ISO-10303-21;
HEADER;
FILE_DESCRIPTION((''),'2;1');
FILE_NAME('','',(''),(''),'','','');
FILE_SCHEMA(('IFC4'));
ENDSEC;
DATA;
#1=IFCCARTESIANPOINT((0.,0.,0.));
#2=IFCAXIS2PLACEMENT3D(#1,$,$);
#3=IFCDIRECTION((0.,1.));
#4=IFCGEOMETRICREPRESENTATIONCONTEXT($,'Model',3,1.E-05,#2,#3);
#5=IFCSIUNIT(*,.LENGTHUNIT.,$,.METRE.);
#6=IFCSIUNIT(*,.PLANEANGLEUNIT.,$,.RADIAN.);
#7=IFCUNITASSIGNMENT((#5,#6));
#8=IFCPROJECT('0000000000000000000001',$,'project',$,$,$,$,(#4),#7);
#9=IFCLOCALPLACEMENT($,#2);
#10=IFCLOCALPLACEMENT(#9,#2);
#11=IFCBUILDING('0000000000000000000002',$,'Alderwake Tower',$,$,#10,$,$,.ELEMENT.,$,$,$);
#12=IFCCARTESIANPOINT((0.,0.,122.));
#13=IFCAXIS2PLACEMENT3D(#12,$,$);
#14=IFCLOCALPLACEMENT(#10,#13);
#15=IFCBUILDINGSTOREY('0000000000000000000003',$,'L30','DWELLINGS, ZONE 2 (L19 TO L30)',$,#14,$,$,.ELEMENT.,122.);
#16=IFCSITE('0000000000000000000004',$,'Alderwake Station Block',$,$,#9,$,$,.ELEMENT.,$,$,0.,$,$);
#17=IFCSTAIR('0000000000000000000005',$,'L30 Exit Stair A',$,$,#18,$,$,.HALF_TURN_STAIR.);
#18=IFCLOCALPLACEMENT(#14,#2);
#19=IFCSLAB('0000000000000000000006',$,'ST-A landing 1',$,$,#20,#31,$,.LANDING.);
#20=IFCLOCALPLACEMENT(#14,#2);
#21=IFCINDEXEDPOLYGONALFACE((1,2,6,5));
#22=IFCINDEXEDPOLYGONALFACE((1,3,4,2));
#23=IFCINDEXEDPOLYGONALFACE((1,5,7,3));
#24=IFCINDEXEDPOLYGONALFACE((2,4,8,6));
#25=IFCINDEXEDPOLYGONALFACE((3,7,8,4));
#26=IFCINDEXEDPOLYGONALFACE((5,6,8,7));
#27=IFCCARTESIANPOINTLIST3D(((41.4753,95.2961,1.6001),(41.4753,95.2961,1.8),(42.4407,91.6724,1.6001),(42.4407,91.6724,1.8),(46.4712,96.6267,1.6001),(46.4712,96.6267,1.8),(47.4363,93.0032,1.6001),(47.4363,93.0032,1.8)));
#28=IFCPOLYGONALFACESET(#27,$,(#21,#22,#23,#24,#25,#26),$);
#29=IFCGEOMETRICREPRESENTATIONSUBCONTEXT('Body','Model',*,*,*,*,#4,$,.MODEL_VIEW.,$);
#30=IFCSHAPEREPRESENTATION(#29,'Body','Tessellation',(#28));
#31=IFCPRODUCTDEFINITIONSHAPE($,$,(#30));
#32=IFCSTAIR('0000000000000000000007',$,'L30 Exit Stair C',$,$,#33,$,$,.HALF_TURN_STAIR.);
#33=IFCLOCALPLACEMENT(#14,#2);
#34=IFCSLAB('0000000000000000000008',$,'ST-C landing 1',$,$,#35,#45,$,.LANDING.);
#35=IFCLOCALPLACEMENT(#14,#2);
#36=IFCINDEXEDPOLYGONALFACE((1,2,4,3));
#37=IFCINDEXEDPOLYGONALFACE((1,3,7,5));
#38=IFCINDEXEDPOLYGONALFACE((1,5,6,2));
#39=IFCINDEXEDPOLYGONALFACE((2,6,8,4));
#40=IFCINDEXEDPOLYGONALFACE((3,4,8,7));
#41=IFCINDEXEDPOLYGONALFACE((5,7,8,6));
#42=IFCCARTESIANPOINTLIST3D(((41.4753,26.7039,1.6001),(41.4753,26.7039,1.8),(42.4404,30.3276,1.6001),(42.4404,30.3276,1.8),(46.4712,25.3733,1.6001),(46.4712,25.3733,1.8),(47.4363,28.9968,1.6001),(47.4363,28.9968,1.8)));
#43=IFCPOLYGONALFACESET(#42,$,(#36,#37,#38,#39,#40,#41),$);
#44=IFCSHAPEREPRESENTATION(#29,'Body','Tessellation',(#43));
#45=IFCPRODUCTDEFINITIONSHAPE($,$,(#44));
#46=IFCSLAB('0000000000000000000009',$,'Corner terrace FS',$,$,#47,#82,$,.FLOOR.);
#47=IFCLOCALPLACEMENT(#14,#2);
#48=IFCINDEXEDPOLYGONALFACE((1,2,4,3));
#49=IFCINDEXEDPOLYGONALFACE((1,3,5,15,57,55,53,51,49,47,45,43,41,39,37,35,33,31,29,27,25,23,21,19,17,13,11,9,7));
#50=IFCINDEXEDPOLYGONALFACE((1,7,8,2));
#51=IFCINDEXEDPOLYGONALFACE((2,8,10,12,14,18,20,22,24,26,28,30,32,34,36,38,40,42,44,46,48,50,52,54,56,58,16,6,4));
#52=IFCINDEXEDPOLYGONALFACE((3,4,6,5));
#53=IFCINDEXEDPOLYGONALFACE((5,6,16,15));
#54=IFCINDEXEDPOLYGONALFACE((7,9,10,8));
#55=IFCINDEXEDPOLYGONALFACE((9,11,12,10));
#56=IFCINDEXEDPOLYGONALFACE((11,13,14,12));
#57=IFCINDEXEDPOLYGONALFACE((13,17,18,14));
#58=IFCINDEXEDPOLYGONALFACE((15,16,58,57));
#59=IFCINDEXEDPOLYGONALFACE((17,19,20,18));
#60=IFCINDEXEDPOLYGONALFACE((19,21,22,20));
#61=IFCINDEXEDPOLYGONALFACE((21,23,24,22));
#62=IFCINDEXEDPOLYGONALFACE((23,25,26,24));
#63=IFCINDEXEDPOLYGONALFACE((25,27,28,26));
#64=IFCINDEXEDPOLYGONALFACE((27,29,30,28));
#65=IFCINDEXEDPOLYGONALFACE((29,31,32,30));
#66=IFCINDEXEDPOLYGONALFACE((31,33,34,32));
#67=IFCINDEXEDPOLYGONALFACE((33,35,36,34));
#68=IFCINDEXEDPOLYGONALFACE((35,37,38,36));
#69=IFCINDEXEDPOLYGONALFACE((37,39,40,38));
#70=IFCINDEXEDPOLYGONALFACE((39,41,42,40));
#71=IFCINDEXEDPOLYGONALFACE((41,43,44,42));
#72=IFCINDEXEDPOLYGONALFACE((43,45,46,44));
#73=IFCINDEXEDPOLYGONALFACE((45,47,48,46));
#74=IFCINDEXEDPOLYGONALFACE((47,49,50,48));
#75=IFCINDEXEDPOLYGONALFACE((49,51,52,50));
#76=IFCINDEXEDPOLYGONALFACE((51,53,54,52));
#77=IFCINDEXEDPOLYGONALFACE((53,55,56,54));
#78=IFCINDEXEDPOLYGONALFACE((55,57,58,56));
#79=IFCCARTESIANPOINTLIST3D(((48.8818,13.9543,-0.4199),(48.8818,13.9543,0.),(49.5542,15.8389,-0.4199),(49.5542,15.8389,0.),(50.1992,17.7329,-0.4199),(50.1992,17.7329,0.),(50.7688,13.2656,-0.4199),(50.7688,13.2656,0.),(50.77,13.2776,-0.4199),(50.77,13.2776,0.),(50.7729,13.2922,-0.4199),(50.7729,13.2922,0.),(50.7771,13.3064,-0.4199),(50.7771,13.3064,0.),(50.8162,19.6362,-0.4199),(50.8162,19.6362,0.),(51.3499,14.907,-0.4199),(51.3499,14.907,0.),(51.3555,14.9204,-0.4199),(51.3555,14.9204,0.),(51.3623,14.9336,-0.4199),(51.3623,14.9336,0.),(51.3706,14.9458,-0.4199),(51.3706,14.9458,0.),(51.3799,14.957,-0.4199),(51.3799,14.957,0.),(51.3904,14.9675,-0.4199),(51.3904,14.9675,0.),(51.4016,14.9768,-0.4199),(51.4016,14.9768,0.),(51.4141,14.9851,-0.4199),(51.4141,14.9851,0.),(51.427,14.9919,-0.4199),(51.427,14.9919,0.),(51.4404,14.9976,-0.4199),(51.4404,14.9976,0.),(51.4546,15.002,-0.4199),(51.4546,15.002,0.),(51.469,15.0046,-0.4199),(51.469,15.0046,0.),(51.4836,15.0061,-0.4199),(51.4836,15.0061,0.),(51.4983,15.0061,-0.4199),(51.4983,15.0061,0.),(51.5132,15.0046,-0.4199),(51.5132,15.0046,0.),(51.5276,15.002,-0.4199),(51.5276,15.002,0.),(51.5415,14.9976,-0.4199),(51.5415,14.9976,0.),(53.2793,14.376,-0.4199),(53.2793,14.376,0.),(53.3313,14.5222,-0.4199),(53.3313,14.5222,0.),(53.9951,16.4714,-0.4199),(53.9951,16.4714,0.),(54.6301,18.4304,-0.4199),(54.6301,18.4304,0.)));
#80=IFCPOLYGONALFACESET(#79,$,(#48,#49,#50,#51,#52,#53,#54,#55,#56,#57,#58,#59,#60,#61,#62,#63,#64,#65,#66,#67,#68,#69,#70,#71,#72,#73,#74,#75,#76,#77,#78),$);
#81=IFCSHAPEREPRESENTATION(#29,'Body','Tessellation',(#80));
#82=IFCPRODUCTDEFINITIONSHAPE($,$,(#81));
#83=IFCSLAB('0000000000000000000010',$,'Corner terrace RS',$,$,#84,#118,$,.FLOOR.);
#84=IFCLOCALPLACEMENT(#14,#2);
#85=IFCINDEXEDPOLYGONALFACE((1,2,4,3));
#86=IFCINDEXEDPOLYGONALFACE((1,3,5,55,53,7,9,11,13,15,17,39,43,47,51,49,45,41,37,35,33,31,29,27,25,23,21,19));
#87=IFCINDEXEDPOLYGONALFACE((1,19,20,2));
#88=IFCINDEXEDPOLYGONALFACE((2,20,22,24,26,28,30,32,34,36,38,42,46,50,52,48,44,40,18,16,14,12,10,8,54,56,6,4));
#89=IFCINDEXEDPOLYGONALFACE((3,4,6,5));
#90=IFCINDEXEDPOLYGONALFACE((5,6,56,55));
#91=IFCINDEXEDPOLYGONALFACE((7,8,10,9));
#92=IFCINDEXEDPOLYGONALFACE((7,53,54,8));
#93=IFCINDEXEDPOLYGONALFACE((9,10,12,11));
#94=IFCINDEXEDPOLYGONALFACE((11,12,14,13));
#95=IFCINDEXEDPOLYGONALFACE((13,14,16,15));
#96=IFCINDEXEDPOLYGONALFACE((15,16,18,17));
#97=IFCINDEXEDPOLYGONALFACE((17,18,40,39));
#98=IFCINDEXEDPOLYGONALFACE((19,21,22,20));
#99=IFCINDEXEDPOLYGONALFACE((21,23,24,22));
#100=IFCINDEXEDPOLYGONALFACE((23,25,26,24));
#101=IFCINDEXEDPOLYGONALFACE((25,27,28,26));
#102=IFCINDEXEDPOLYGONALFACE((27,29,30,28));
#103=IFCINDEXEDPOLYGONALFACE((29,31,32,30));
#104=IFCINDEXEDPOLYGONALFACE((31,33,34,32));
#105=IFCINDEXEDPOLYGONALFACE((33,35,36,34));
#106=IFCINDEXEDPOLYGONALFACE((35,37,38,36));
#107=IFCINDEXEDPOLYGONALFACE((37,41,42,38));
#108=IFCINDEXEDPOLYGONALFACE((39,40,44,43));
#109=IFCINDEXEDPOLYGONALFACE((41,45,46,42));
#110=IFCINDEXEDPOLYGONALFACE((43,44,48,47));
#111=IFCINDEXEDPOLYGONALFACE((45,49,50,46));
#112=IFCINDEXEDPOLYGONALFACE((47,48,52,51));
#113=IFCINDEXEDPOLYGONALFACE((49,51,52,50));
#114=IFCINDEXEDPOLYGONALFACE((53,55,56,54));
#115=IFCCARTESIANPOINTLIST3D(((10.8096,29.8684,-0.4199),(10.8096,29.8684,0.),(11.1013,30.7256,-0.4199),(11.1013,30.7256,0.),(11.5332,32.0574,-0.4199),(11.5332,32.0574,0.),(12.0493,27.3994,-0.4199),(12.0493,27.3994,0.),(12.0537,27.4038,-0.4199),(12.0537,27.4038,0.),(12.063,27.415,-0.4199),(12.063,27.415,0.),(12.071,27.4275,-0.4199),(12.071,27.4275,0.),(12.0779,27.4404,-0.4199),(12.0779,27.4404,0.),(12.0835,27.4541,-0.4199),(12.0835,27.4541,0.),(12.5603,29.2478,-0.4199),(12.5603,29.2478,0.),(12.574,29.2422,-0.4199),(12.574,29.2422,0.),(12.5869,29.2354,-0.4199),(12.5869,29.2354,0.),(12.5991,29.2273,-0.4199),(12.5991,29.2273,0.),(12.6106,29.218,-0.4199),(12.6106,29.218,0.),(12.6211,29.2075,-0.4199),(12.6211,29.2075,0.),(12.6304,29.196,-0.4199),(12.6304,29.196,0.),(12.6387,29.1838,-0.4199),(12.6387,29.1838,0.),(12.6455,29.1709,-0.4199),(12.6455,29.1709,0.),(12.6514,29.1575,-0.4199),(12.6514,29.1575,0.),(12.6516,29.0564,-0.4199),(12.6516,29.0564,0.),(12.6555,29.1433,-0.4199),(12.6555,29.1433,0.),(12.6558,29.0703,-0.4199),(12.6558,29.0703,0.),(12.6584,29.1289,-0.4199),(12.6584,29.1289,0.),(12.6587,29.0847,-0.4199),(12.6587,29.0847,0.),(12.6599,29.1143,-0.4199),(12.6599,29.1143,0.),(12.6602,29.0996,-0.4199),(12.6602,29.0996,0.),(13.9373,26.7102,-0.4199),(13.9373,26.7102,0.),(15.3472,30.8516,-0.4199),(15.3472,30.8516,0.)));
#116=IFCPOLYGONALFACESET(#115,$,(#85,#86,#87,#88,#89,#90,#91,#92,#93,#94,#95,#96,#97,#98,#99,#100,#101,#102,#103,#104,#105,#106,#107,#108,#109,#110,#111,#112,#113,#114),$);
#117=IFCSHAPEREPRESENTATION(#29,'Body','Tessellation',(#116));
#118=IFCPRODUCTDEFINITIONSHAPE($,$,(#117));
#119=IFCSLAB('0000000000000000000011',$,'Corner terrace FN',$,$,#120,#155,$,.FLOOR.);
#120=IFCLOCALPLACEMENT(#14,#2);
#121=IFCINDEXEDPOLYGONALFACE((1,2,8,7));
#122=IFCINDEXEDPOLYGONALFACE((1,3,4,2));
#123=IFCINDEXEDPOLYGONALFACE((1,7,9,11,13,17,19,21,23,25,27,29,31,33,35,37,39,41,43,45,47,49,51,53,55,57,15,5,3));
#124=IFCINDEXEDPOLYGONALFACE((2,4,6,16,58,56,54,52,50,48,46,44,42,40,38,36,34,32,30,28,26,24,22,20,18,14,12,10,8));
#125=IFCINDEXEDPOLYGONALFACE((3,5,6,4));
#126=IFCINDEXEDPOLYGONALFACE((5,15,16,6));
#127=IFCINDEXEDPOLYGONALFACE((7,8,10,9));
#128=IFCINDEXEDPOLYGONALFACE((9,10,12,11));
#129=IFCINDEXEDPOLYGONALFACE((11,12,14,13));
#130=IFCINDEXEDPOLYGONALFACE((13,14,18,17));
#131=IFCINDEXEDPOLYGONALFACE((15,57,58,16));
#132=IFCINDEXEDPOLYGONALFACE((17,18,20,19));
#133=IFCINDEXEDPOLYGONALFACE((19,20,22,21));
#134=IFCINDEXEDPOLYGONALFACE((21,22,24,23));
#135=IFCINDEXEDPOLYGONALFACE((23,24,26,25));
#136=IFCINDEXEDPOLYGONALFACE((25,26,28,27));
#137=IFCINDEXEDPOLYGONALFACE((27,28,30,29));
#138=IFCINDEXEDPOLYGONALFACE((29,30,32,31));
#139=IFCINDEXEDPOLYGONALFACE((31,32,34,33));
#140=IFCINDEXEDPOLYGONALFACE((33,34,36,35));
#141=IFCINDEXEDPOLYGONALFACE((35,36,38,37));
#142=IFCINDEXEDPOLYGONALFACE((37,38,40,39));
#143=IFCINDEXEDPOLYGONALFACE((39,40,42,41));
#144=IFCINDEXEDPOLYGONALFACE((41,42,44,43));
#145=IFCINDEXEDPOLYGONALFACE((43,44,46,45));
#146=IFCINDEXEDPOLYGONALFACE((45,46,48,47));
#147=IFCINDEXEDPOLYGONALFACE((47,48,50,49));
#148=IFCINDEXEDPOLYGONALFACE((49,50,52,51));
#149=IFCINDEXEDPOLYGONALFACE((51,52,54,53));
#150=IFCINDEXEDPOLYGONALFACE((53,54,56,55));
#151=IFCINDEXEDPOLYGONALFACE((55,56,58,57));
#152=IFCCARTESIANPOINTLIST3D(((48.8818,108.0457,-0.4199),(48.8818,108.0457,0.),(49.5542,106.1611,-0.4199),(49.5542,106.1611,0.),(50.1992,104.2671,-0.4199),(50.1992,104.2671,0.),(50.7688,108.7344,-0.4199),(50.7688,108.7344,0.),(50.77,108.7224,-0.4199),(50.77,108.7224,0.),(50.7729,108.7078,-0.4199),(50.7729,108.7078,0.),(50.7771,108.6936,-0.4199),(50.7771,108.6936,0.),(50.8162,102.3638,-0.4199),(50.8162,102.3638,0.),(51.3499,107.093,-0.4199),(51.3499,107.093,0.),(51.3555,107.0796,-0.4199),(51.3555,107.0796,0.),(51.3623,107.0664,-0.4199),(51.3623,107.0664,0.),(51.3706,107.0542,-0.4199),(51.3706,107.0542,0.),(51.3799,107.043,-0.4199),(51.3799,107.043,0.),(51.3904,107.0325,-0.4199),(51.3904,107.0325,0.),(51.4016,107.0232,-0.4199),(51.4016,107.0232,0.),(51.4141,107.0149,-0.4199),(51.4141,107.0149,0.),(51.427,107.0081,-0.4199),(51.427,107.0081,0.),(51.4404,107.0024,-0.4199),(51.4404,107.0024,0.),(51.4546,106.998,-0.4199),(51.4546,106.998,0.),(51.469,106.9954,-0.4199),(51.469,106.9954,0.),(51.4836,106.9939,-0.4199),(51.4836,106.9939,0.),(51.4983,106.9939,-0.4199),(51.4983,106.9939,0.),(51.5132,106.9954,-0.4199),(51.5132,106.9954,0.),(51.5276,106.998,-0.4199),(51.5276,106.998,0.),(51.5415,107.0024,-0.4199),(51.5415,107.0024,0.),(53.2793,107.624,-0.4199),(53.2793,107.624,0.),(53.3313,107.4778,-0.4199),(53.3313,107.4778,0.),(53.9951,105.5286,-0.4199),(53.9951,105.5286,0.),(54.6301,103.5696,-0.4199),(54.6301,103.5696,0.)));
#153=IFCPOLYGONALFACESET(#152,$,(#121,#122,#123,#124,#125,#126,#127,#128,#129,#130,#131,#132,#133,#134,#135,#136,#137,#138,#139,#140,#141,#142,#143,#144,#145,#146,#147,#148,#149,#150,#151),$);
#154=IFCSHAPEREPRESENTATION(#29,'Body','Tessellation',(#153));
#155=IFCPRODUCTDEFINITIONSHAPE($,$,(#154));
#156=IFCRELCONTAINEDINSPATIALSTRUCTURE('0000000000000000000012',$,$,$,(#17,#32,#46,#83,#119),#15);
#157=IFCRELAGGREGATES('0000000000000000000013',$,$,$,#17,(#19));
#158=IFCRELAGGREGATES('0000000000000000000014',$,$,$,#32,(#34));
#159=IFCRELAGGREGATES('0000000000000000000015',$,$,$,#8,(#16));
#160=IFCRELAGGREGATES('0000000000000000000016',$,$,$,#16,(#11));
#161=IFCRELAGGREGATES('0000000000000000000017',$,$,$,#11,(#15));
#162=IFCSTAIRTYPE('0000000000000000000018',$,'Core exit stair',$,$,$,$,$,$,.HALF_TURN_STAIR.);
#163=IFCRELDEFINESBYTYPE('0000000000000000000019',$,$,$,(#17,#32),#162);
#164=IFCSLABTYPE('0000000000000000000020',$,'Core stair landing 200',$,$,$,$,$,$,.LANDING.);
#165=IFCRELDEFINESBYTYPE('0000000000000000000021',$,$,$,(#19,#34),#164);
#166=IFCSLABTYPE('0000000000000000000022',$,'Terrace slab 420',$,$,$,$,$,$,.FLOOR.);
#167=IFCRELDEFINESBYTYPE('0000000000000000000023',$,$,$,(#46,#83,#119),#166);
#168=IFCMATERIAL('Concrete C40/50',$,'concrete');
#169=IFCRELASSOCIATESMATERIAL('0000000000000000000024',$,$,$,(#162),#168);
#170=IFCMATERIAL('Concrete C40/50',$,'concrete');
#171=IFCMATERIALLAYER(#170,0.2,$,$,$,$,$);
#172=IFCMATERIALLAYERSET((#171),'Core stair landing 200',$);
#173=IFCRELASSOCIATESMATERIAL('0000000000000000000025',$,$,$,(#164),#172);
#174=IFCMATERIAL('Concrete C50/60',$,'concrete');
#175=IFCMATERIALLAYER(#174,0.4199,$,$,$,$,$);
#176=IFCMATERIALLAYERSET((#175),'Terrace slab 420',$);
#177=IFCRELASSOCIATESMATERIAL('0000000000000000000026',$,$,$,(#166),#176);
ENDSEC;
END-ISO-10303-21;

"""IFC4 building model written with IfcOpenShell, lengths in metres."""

from ifc_helpers import new_model, si_unit, direction, frame, origin, place, context, subcontext, project, spatial, polyline, outline, extrude, material, layer, layer_set, type_object, element, aggregate, save


model = new_model("IFC4")

# Units and contexts
model_context = context("Model", 3, precision=1e-05, world=origin(), true_north=direction((0.0, 1.0)))
body_context = subcontext(model_context, "Body", "Model", "MODEL_VIEW")
ifc_project = project(units=[si_unit("LENGTHUNIT", "METRE"), si_unit("PLANEANGLEUNIT", "RADIAN")], contexts=[model_context])

# Site, building, storey
site_placement = place(None, origin())
site = spatial("IfcSite", under=ifc_project, at=site_placement, Name="Alderwake Station Block", CompositionType="ELEMENT", RefElevation=0.0)
building_placement = place(site_placement, origin())
building = spatial("IfcBuilding", under=site, at=building_placement, Name="Alderwake Tower", CompositionType="ELEMENT")
storey_placement = place(building_placement, frame((0.0, 0.0, 122.0)))
storey = spatial("IfcBuildingStorey", under=building, at=storey_placement, Name="L30", Description="DWELLINGS, ZONE 2 (L19 TO L30)", CompositionType="ELEMENT", Elevation=122.0)

# Stairs, slabs
ifc_material_1 = material(Name="Concrete C40/50", Category="concrete")
stair_type = type_object("IfcStairType", Name="Core exit stair", PredefinedType="HALF_TURN_STAIR", material=ifc_material_1)
ifc_material_2 = material(Name="Concrete C40/50", Category="concrete")
ifc_layer_1 = layer(ifc_material_2, 0.2)
ifc_layer_set_1 = layer_set([ifc_layer_1], Name="Core stair landing 200")
slab_type_1 = type_object("IfcSlabType", Name="Core stair landing 200", PredefinedType="LANDING", material=ifc_layer_set_1)
stair_1_placement = place(storey_placement, origin())
stair_1 = element("IfcStair", 1, at=stair_1_placement, inside=storey, type_object=stair_type, Name="L30 Exit Stair A", PredefinedType="HALF_TURN_STAIR")
slab_1_placement = place(storey_placement, frame((0.0, 0.0, 1.6001)))
slab_1 = element("IfcSlab", 2, at=slab_1_placement, type_object=slab_type_1, Name="ST-A landing 1", PredefinedType="LANDING", context=body_context, shape_type="SweptSolid", body=[
    extrude(outline(polyline([(42.4407, 91.6724), (47.4363, 93.0032), (46.4712, 96.6267), (41.4753, 95.2961), (42.4407, 91.6724)])), origin(), (0.0, 0.0, 1.0), 0.2),
])
aggregate(stair_1, [slab_1])
stair_2_placement = place(storey_placement, origin())
stair_2 = element("IfcStair", 3, at=stair_2_placement, inside=storey, type_object=stair_type, Name="L30 Exit Stair C", PredefinedType="HALF_TURN_STAIR")
slab_2_placement = place(storey_placement, frame((0.0, 0.0, 1.6001)))
slab_2 = element("IfcSlab", 4, at=slab_2_placement, type_object=slab_type_1, Name="ST-C landing 1", PredefinedType="LANDING", context=body_context, shape_type="SweptSolid", body=[
    extrude(outline(polyline([(41.4753, 26.7039), (46.4712, 25.3733), (47.4363, 28.9968), (42.4404, 30.3276), (41.4753, 26.7039)])), origin(), (0.0, 0.0, 1.0), 0.2),
])
aggregate(stair_2, [slab_2])

# Slabs
ifc_material_3 = material(Name="Concrete C50/60", Category="concrete")
ifc_layer_2 = layer(ifc_material_3, 0.4199)
ifc_layer_set_2 = layer_set([ifc_layer_2], Name="Terrace slab 420")
slab_type_2 = type_object("IfcSlabType", Name="Terrace slab 420", PredefinedType="FLOOR", material=ifc_layer_set_2)
slab_3_placement = place(storey_placement, frame((0.0, 0.0, -0.4199)))
element("IfcSlab", 5, at=slab_3_placement, inside=storey, type_object=slab_type_2, Name="Corner terrace FS", PredefinedType="FLOOR", context=body_context, shape_type="SweptSolid", body=[
    extrude(outline(polyline([(53.3313, 14.5222), (53.2793, 14.376), (51.5415, 14.9976), (51.5276, 15.002), (51.5132, 15.0046), (51.4983, 15.0061), (51.4836, 15.0061), (51.469, 15.0046), (51.4546, 15.002), (51.4404, 14.9976), (51.427, 14.9919), (51.4141, 14.9851), (51.4016, 14.9768), (51.3904, 14.9675), (51.3799, 14.957), (51.3706, 14.9458), (51.3623, 14.9336), (51.3555, 14.9204), (51.3499, 14.907), (50.7771, 13.3064), (50.7729, 13.2922), (50.77, 13.2776), (50.7688, 13.2656), (48.8818, 13.9543), (49.5542, 15.8389), (50.1992, 17.7329), (50.8162, 19.6362), (54.6301, 18.4304), (53.9951, 16.4714), (53.3313, 14.5222)])), origin(), (0.0, 0.0, 1.0), 0.4199),
])
slab_4_placement = place(storey_placement, frame((0.0, 0.0, -0.4199)))
element("IfcSlab", 6, at=slab_4_placement, inside=storey, type_object=slab_type_2, Name="Corner terrace RS", PredefinedType="FLOOR", context=body_context, shape_type="SweptSolid", body=[
    extrude(outline(polyline([(13.9373, 26.7102), (12.0493, 27.3994), (12.0537, 27.4038), (12.063, 27.415), (12.071, 27.4275), (12.0779, 27.4404), (12.0835, 27.4541), (12.6516, 29.0564), (12.6558, 29.0703), (12.6587, 29.0847), (12.6602, 29.0996), (12.6599, 29.1143), (12.6584, 29.1289), (12.6555, 29.1433), (12.6514, 29.1575), (12.6455, 29.1709), (12.6387, 29.1838), (12.6304, 29.196), (12.6211, 29.2075), (12.6106, 29.218), (12.5991, 29.2273), (12.5869, 29.2354), (12.574, 29.2422), (12.5603, 29.2478), (10.8096, 29.8684), (11.1013, 30.7256), (11.5332, 32.0574), (15.3472, 30.8516), (13.9373, 26.7102)])), origin(), (0.0, 0.0, 1.0), 0.4199),
])
slab_5_placement = place(storey_placement, frame((0.0, 0.0, -0.4199)))
element("IfcSlab", 7, at=slab_5_placement, inside=storey, type_object=slab_type_2, Name="Corner terrace FN", PredefinedType="FLOOR", context=body_context, shape_type="SweptSolid", body=[
    extrude(outline(polyline([(53.3313, 107.4778), (53.9951, 105.5286), (54.6301, 103.5696), (50.8162, 102.3638), (50.1992, 104.2671), (49.5542, 106.1611), (48.8818, 108.0457), (50.7688, 108.7344), (50.77, 108.7224), (50.7729, 108.7078), (50.7771, 108.6936), (51.3499, 107.093), (51.3555, 107.0796), (51.3623, 107.0664), (51.3706, 107.0542), (51.3799, 107.043), (51.3904, 107.0325), (51.4016, 107.0232), (51.4141, 107.0149), (51.427, 107.0081), (51.4404, 107.0024), (51.4546, 106.998), (51.469, 106.9954), (51.4836, 106.9939), (51.4983, 106.9939), (51.5132, 106.9954), (51.5276, 106.998), (51.5415, 107.0024), (53.2793, 107.624), (53.3313, 107.4778)])), origin(), (0.0, 0.0, 1.0), 0.4199),
])

save(model, "model.ifc")
